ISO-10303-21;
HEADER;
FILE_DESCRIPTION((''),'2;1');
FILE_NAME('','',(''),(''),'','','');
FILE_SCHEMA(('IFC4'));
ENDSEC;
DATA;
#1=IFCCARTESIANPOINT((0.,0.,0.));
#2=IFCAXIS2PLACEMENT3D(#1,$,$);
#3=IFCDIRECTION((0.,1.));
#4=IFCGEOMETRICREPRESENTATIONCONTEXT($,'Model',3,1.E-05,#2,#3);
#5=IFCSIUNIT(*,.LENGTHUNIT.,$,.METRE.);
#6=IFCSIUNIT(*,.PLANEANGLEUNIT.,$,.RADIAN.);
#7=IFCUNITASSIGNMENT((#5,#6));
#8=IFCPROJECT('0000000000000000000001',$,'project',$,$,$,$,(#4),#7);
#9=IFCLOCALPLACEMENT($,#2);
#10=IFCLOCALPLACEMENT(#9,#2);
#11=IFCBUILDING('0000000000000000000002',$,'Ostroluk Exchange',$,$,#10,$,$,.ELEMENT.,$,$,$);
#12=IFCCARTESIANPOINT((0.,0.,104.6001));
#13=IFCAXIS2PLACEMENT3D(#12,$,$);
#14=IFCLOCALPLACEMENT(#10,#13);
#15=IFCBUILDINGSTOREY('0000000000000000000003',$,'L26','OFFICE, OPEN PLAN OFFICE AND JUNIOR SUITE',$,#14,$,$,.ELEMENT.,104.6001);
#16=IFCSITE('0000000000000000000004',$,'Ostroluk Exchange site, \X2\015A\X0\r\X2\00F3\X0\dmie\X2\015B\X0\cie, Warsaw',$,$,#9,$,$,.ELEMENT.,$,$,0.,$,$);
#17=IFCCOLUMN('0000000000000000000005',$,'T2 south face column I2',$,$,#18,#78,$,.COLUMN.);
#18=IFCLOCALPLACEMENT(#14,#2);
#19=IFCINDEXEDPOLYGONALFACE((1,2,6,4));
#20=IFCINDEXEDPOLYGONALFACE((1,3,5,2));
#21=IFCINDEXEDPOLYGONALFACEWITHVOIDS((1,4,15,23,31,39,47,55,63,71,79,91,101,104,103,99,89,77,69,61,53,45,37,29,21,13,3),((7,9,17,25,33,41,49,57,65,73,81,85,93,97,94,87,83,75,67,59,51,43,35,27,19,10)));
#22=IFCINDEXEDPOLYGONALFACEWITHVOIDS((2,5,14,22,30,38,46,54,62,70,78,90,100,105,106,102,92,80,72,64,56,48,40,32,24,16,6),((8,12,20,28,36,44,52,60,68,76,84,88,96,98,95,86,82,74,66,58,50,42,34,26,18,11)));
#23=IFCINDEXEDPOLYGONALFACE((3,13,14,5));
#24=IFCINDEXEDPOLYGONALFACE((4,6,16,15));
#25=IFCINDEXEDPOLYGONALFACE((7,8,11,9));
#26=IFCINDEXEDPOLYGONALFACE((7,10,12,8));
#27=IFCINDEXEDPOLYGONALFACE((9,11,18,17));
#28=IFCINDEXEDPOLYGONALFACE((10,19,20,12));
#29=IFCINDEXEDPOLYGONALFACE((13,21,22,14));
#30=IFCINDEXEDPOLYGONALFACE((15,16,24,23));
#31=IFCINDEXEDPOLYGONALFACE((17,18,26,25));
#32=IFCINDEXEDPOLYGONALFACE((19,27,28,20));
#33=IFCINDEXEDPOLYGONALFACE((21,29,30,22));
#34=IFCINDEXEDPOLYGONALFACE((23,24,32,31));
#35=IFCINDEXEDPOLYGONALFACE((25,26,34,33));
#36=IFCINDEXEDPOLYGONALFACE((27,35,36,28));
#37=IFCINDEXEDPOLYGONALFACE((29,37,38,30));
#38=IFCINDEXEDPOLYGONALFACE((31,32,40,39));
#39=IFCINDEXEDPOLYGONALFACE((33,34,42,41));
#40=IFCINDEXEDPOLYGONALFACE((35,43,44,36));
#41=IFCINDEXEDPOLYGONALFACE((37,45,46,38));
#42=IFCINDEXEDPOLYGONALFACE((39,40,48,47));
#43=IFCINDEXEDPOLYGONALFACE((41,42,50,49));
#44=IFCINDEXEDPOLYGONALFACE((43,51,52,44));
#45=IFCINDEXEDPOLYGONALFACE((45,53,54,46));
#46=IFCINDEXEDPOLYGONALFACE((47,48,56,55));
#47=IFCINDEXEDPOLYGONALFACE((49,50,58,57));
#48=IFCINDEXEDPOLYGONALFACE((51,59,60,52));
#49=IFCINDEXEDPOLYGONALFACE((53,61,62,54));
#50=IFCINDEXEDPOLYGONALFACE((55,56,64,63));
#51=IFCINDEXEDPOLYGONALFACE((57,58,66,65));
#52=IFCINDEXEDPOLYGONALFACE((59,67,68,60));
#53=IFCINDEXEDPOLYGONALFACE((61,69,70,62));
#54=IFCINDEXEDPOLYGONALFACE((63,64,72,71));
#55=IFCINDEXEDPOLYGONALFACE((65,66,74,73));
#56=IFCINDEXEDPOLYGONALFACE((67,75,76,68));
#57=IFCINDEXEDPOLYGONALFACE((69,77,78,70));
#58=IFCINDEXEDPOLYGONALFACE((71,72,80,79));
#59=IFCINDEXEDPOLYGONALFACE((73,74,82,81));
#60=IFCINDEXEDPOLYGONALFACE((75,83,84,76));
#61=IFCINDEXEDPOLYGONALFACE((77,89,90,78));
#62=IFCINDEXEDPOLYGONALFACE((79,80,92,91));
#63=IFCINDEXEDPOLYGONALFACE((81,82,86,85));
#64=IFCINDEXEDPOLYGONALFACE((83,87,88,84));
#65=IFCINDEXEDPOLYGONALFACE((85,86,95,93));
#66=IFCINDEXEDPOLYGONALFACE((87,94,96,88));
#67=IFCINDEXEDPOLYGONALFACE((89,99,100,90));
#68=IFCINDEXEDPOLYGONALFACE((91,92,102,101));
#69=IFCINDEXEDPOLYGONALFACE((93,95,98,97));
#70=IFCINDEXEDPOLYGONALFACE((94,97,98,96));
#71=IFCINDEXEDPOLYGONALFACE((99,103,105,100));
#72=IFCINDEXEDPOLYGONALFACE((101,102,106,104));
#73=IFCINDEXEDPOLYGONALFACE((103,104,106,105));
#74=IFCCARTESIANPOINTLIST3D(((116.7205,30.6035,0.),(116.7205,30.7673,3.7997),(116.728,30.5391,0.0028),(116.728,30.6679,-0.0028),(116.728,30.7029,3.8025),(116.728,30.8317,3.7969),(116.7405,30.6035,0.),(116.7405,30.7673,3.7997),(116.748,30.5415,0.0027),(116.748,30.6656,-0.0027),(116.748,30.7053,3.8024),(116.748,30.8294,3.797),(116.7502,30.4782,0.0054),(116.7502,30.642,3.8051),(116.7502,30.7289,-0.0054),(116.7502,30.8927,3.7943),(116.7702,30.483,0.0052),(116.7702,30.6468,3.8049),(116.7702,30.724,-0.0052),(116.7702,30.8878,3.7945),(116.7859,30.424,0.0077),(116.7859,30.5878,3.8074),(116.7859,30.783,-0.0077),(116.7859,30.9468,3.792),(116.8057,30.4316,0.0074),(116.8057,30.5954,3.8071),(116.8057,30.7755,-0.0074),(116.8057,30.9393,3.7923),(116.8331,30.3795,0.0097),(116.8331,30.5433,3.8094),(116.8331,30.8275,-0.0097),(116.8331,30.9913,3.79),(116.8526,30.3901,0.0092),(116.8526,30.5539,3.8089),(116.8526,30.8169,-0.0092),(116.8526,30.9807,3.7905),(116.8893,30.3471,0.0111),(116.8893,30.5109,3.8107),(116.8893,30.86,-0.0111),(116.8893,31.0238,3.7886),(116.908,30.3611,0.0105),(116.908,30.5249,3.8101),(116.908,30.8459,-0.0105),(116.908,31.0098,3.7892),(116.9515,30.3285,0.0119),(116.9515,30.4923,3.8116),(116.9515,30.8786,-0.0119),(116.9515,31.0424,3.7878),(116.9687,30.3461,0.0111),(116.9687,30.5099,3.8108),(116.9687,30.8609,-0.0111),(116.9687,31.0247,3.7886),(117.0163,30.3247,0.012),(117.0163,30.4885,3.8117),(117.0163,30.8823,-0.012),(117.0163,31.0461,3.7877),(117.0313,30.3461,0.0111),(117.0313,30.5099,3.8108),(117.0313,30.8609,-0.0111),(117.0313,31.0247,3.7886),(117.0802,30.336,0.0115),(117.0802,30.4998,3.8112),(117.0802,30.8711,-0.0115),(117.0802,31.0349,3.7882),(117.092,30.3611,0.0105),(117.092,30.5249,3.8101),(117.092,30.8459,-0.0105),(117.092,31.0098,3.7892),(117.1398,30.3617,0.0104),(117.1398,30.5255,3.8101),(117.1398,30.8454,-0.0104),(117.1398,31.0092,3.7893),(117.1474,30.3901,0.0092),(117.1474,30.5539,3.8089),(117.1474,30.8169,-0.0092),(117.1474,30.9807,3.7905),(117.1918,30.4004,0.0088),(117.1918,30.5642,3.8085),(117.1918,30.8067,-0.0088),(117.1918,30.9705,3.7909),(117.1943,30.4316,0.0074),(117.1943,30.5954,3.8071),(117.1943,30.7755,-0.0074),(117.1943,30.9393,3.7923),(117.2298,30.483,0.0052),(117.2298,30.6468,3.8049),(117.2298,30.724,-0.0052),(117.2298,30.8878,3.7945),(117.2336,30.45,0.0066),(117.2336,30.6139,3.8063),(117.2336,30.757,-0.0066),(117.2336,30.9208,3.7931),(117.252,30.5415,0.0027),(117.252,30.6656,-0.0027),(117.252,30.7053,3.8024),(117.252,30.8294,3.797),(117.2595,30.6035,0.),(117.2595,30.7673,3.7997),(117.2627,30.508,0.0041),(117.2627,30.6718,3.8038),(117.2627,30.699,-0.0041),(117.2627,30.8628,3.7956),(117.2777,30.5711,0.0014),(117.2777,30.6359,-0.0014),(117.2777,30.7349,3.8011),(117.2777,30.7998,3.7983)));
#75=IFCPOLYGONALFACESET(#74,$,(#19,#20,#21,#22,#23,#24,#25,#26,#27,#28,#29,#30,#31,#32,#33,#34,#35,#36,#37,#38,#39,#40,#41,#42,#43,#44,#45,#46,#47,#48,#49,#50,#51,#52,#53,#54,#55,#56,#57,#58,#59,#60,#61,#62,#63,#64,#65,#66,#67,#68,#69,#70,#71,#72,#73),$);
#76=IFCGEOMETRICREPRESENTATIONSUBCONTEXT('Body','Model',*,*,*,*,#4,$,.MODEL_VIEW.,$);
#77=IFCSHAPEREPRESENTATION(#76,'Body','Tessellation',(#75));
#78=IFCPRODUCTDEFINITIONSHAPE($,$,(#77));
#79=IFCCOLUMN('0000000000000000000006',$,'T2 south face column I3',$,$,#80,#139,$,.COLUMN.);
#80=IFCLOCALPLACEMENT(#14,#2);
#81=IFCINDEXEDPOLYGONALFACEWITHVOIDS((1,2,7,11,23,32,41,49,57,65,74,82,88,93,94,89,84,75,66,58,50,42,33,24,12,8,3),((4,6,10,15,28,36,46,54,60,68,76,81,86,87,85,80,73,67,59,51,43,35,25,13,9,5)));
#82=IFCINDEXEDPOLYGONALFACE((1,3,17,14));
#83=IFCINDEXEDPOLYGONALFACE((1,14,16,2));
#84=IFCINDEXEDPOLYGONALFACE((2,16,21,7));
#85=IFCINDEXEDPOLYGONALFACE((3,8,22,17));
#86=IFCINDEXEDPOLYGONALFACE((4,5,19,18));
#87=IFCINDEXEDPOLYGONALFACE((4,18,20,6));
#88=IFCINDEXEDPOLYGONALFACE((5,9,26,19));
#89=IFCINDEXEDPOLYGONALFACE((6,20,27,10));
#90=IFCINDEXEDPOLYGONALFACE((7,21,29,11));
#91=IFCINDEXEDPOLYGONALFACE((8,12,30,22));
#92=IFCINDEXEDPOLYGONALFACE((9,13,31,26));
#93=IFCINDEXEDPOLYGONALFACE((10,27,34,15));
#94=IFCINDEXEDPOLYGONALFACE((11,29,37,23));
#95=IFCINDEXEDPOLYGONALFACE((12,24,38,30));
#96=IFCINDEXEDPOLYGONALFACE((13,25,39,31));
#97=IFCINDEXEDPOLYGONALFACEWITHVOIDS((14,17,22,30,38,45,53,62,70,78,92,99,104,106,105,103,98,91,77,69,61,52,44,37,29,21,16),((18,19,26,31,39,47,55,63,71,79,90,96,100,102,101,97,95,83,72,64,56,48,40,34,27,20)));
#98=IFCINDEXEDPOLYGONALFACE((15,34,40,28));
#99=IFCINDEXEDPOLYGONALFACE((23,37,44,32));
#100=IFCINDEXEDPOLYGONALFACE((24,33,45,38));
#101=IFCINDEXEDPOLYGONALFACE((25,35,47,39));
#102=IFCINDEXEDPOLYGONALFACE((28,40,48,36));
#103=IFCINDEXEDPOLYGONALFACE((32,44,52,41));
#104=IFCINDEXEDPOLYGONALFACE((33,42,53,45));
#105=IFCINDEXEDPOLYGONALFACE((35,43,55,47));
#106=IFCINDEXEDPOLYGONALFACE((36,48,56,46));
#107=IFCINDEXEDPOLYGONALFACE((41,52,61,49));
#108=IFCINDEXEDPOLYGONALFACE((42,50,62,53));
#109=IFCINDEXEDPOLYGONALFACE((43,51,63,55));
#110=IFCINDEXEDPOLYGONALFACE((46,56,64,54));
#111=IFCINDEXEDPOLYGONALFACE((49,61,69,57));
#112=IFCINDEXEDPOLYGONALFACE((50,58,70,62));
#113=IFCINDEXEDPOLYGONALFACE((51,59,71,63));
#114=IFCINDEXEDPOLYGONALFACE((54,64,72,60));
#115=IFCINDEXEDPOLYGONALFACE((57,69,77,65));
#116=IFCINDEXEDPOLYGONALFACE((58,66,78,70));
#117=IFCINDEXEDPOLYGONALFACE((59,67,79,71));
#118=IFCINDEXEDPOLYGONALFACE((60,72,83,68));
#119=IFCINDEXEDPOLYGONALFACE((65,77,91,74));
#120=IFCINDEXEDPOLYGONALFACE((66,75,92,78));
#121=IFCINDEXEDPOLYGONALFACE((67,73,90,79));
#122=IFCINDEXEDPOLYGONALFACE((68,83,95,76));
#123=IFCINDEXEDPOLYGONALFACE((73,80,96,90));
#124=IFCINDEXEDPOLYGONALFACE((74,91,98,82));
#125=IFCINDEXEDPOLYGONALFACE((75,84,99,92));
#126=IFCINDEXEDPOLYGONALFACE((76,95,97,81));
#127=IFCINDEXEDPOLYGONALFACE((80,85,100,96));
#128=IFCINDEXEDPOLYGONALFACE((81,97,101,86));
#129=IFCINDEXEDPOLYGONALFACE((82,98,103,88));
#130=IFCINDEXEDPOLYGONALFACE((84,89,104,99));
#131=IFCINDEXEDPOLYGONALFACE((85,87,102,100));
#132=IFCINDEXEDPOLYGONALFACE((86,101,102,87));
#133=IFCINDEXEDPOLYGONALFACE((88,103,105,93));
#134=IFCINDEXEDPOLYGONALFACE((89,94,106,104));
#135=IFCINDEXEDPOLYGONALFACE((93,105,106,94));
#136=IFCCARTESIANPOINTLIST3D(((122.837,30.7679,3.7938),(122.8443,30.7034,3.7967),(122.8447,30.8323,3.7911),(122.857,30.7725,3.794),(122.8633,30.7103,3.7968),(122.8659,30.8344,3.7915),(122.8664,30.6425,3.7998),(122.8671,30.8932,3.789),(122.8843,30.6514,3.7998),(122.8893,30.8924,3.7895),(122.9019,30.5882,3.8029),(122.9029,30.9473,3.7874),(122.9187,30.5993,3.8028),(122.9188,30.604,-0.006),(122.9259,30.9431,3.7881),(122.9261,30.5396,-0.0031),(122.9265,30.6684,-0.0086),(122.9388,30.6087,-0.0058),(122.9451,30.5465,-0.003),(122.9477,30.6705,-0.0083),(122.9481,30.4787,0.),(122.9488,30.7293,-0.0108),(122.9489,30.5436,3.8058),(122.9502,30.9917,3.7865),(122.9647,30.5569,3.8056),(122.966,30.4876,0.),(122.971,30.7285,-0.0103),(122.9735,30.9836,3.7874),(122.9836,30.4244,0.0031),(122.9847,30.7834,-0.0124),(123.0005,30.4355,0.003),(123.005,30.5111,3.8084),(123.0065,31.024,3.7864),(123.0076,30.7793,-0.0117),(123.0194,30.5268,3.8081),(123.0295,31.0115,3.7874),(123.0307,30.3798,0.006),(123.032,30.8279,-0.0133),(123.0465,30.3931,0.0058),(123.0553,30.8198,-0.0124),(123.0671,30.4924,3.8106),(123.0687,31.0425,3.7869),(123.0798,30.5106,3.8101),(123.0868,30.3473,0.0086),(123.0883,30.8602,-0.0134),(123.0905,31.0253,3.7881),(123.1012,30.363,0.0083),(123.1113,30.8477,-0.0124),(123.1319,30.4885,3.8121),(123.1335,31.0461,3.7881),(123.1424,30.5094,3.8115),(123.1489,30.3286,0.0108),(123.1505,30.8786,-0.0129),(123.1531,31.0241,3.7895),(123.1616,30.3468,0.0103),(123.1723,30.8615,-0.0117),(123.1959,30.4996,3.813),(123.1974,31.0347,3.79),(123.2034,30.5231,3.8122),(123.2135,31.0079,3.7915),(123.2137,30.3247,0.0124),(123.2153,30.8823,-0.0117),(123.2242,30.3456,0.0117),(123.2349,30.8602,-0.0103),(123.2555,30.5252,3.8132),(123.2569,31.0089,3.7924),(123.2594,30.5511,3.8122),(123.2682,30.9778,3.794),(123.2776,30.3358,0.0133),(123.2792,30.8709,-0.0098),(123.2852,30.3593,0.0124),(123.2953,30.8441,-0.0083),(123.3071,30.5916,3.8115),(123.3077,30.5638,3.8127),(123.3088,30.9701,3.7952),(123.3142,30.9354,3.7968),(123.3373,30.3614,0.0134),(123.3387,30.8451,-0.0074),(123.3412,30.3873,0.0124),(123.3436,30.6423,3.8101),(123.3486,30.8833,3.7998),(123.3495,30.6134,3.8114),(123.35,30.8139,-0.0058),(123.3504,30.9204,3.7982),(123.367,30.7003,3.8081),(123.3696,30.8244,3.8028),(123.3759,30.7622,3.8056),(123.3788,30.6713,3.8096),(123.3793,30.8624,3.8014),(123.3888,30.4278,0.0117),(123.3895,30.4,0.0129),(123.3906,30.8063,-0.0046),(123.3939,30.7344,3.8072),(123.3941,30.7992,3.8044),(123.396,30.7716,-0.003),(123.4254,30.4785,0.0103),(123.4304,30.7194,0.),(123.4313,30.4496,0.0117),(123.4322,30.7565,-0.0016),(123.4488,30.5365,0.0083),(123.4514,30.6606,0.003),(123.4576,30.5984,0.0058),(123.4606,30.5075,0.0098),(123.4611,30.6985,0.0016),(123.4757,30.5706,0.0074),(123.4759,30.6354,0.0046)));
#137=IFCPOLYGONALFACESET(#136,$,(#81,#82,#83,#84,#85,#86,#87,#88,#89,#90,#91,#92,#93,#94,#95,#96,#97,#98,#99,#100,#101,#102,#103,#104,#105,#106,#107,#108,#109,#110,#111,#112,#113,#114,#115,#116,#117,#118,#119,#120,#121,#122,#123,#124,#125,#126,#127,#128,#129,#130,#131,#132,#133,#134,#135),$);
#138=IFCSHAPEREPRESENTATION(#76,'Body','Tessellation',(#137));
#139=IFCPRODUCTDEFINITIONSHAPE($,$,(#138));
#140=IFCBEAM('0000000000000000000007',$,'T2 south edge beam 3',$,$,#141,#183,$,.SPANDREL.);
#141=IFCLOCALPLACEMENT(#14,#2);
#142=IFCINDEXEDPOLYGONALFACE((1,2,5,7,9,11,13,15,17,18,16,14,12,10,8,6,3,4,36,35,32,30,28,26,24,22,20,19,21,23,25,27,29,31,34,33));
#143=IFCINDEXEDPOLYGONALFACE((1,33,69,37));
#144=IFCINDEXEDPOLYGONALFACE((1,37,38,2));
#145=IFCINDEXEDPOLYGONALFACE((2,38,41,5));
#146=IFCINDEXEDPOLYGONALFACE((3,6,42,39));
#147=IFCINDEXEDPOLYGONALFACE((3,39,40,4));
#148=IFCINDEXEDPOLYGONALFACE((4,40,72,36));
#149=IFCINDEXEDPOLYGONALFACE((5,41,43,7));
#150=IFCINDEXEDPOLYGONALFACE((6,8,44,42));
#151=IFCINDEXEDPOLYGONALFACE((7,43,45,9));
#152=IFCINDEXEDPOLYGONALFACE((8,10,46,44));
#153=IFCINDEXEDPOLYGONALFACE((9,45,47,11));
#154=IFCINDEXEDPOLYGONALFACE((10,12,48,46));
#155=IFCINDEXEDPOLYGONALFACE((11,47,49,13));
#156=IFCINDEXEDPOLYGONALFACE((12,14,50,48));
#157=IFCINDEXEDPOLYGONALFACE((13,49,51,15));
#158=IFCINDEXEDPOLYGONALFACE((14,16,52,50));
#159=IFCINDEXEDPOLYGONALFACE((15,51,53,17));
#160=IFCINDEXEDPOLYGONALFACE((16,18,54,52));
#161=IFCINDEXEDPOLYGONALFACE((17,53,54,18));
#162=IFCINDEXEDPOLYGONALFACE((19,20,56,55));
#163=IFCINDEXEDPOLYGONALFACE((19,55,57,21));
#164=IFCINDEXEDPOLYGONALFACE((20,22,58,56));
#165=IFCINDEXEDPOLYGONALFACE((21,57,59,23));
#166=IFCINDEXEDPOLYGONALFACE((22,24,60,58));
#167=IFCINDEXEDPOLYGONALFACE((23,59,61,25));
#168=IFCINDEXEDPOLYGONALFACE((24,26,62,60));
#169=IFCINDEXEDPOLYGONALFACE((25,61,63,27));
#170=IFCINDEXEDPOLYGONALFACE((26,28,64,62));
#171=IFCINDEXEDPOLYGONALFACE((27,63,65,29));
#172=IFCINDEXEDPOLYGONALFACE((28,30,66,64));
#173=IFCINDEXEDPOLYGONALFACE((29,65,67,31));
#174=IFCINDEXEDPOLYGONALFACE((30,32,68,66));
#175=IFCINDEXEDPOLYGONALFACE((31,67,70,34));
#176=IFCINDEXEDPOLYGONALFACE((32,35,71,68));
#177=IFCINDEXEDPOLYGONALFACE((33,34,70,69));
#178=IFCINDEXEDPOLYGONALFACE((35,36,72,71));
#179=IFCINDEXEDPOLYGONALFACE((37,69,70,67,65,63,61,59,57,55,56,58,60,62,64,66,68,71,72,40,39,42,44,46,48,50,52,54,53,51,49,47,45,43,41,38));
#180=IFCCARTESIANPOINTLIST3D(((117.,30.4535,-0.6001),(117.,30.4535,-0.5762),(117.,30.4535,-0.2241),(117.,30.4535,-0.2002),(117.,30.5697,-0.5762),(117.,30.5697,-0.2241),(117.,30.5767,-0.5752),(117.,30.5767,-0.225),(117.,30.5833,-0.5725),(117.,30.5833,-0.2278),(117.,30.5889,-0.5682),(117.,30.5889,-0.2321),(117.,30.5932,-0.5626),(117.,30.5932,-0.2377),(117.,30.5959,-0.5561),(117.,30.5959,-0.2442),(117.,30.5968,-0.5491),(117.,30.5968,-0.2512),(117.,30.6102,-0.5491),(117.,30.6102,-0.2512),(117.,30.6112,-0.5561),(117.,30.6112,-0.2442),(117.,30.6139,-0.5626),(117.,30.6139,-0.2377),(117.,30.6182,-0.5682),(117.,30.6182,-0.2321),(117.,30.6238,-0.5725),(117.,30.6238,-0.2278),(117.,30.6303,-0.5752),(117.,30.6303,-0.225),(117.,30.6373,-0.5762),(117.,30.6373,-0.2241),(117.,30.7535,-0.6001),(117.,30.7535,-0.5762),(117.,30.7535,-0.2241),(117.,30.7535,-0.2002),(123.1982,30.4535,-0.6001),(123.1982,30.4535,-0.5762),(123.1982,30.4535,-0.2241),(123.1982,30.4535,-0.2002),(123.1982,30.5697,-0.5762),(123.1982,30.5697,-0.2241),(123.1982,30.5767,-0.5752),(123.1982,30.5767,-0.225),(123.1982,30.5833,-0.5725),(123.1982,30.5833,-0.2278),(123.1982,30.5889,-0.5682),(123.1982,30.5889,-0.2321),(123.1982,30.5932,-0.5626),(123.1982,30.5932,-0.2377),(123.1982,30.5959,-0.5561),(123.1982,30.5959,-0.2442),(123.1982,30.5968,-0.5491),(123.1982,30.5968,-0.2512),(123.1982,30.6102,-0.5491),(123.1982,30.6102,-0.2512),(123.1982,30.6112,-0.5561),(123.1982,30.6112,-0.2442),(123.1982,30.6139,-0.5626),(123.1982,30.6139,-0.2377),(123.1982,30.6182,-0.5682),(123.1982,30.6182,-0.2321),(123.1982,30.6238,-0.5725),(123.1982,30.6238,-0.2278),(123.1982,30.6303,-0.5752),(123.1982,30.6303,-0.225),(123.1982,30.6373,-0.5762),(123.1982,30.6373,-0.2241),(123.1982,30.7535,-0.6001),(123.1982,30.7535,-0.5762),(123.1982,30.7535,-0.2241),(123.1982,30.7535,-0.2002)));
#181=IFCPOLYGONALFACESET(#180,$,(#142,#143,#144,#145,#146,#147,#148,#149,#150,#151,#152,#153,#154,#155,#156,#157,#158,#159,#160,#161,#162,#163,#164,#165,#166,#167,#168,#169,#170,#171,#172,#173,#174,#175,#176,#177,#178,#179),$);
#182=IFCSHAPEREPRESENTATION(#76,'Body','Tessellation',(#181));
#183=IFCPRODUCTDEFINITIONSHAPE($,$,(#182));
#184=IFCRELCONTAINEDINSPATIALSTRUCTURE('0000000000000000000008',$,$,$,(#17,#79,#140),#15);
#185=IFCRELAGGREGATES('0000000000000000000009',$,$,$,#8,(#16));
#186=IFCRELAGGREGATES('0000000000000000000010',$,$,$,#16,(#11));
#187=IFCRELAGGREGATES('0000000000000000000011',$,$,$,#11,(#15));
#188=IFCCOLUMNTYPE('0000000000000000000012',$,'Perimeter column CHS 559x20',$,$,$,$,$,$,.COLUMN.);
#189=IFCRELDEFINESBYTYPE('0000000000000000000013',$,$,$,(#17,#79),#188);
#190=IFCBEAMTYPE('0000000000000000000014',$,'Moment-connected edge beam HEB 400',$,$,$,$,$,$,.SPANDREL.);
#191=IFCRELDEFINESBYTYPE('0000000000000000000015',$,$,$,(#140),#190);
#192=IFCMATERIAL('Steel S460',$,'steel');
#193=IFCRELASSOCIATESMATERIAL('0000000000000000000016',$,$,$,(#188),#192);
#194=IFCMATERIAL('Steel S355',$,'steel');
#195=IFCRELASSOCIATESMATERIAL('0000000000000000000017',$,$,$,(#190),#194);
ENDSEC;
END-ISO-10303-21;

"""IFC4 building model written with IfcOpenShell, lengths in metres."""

from ifc_helpers import new_model, si_unit, direction, frame, origin, origin_2d, place, context, subcontext, project, spatial, hollow_circle, i_section, extrude, material, material_profile, profile_set, type_object, element, save


model = new_model("IFC4")

# Units and contexts
model_context = context("Model", 3, precision=1e-05, world=origin(), true_north=direction((0.0, 1.0)))
body_context = subcontext(model_context, "Body", "Model", "MODEL_VIEW")
ifc_project = project(units=[si_unit("LENGTHUNIT", "METRE"), si_unit("PLANEANGLEUNIT", "RADIAN")], contexts=[model_context])

# Site, building, storey
site_placement = place(None, origin())
site = spatial("IfcSite", under=ifc_project, at=site_placement, Name="Ostroluk Exchange site, Śródmieście, Warsaw", CompositionType="ELEMENT", RefElevation=0.0)
building_placement = place(site_placement, origin())
building = spatial("IfcBuilding", under=site, at=building_placement, Name="Ostroluk Exchange", CompositionType="ELEMENT")
storey_placement = place(building_placement, frame((0.0, 0.0, 104.6001)))
storey = spatial("IfcBuildingStorey", under=building, at=storey_placement, Name="L26", Description="OFFICE, OPEN PLAN OFFICE AND JUNIOR SUITE", CompositionType="ELEMENT", Elevation=104.6001)

# Columns
ifc_material_1 = material(Name="Steel S460", Category="steel")
ifc_material_profile_1 = material_profile(ifc_material_1, hollow_circle(Radius=0.2795, WallThickness=0.02, at=origin_2d()), Name="CHS 559x20")
ifc_profile_set_1 = profile_set([ifc_material_profile_1], Name="Steel S460")
column_type = type_object("IfcColumnType", Name="Perimeter column CHS 559x20", PredefinedType="COLUMN", material=ifc_profile_set_1)
column_1_placement = place(storey_placement, frame((117.0, 30.6035, 0.0), z_axis=(0.0, 0.043072, 0.999072), x_axis=(-1.0, 0.0, 0.0)))
element("IfcColumn", 1, at=column_1_placement, inside=storey, type_object=column_type, Name="T2 south face column I2", PredefinedType="COLUMN", context=body_context, shape_type="SweptSolid", body=[
    extrude(hollow_circle(Radius=0.2795, WallThickness=0.02, at=origin_2d()), origin(), (0.0, 0.0, 1.0), 3.8032),
])
column_2_placement = place(storey_placement, frame((123.1982, 30.6035, 0.0), z_axis=(-0.021499, 0.043062, 0.998841), x_axis=(-0.894694, -0.44668, 0.0)))
element("IfcColumn", 2, at=column_2_placement, inside=storey, type_object=column_type, Name="T2 south face column I3", PredefinedType="COLUMN", context=body_context, shape_type="SweptSolid", body=[
    extrude(hollow_circle(Radius=0.2795, WallThickness=0.02, at=origin_2d()), origin(), (0.0, 0.0, 1.0), 3.8042),
])

# Beam
ifc_material_2 = material(Name="Steel S355", Category="steel")
ifc_material_profile_2 = material_profile(ifc_material_2, i_section(OverallWidth=0.3, OverallDepth=0.3999, WebThickness=0.0134, FlangeThickness=0.0239, FilletRadius=0.0271, at=origin_2d()), Name="HEB 400")
ifc_profile_set_2 = profile_set([ifc_material_profile_2], Name="Steel S355")
beam_type = type_object("IfcBeamType", Name="Moment-connected edge beam HEB 400", PredefinedType="SPANDREL", material=ifc_profile_set_2)
for number, where, z_axis, x_axis, name in (
    (3, (117.0, 30.6035, -0.4001), (1.0, 0.0, 0.0), (0.0, 1.0, 0.0), "T2 south edge beam 3"),
):
    element("IfcBeam", number, at=place(storey_placement, frame(where, z_axis=z_axis, x_axis=x_axis)), inside=storey, type_object=beam_type, Name=name, PredefinedType="SPANDREL", context=body_context, shape_type="SweptSolid", body=[
        extrude(i_section(OverallWidth=0.3, OverallDepth=0.3999, WebThickness=0.0134, FlangeThickness=0.0239, FilletRadius=0.0271, at=origin_2d()), origin(), (0.0, 0.0, 1.0), 6.1982),
    ])

save(model, "model.ifc")
